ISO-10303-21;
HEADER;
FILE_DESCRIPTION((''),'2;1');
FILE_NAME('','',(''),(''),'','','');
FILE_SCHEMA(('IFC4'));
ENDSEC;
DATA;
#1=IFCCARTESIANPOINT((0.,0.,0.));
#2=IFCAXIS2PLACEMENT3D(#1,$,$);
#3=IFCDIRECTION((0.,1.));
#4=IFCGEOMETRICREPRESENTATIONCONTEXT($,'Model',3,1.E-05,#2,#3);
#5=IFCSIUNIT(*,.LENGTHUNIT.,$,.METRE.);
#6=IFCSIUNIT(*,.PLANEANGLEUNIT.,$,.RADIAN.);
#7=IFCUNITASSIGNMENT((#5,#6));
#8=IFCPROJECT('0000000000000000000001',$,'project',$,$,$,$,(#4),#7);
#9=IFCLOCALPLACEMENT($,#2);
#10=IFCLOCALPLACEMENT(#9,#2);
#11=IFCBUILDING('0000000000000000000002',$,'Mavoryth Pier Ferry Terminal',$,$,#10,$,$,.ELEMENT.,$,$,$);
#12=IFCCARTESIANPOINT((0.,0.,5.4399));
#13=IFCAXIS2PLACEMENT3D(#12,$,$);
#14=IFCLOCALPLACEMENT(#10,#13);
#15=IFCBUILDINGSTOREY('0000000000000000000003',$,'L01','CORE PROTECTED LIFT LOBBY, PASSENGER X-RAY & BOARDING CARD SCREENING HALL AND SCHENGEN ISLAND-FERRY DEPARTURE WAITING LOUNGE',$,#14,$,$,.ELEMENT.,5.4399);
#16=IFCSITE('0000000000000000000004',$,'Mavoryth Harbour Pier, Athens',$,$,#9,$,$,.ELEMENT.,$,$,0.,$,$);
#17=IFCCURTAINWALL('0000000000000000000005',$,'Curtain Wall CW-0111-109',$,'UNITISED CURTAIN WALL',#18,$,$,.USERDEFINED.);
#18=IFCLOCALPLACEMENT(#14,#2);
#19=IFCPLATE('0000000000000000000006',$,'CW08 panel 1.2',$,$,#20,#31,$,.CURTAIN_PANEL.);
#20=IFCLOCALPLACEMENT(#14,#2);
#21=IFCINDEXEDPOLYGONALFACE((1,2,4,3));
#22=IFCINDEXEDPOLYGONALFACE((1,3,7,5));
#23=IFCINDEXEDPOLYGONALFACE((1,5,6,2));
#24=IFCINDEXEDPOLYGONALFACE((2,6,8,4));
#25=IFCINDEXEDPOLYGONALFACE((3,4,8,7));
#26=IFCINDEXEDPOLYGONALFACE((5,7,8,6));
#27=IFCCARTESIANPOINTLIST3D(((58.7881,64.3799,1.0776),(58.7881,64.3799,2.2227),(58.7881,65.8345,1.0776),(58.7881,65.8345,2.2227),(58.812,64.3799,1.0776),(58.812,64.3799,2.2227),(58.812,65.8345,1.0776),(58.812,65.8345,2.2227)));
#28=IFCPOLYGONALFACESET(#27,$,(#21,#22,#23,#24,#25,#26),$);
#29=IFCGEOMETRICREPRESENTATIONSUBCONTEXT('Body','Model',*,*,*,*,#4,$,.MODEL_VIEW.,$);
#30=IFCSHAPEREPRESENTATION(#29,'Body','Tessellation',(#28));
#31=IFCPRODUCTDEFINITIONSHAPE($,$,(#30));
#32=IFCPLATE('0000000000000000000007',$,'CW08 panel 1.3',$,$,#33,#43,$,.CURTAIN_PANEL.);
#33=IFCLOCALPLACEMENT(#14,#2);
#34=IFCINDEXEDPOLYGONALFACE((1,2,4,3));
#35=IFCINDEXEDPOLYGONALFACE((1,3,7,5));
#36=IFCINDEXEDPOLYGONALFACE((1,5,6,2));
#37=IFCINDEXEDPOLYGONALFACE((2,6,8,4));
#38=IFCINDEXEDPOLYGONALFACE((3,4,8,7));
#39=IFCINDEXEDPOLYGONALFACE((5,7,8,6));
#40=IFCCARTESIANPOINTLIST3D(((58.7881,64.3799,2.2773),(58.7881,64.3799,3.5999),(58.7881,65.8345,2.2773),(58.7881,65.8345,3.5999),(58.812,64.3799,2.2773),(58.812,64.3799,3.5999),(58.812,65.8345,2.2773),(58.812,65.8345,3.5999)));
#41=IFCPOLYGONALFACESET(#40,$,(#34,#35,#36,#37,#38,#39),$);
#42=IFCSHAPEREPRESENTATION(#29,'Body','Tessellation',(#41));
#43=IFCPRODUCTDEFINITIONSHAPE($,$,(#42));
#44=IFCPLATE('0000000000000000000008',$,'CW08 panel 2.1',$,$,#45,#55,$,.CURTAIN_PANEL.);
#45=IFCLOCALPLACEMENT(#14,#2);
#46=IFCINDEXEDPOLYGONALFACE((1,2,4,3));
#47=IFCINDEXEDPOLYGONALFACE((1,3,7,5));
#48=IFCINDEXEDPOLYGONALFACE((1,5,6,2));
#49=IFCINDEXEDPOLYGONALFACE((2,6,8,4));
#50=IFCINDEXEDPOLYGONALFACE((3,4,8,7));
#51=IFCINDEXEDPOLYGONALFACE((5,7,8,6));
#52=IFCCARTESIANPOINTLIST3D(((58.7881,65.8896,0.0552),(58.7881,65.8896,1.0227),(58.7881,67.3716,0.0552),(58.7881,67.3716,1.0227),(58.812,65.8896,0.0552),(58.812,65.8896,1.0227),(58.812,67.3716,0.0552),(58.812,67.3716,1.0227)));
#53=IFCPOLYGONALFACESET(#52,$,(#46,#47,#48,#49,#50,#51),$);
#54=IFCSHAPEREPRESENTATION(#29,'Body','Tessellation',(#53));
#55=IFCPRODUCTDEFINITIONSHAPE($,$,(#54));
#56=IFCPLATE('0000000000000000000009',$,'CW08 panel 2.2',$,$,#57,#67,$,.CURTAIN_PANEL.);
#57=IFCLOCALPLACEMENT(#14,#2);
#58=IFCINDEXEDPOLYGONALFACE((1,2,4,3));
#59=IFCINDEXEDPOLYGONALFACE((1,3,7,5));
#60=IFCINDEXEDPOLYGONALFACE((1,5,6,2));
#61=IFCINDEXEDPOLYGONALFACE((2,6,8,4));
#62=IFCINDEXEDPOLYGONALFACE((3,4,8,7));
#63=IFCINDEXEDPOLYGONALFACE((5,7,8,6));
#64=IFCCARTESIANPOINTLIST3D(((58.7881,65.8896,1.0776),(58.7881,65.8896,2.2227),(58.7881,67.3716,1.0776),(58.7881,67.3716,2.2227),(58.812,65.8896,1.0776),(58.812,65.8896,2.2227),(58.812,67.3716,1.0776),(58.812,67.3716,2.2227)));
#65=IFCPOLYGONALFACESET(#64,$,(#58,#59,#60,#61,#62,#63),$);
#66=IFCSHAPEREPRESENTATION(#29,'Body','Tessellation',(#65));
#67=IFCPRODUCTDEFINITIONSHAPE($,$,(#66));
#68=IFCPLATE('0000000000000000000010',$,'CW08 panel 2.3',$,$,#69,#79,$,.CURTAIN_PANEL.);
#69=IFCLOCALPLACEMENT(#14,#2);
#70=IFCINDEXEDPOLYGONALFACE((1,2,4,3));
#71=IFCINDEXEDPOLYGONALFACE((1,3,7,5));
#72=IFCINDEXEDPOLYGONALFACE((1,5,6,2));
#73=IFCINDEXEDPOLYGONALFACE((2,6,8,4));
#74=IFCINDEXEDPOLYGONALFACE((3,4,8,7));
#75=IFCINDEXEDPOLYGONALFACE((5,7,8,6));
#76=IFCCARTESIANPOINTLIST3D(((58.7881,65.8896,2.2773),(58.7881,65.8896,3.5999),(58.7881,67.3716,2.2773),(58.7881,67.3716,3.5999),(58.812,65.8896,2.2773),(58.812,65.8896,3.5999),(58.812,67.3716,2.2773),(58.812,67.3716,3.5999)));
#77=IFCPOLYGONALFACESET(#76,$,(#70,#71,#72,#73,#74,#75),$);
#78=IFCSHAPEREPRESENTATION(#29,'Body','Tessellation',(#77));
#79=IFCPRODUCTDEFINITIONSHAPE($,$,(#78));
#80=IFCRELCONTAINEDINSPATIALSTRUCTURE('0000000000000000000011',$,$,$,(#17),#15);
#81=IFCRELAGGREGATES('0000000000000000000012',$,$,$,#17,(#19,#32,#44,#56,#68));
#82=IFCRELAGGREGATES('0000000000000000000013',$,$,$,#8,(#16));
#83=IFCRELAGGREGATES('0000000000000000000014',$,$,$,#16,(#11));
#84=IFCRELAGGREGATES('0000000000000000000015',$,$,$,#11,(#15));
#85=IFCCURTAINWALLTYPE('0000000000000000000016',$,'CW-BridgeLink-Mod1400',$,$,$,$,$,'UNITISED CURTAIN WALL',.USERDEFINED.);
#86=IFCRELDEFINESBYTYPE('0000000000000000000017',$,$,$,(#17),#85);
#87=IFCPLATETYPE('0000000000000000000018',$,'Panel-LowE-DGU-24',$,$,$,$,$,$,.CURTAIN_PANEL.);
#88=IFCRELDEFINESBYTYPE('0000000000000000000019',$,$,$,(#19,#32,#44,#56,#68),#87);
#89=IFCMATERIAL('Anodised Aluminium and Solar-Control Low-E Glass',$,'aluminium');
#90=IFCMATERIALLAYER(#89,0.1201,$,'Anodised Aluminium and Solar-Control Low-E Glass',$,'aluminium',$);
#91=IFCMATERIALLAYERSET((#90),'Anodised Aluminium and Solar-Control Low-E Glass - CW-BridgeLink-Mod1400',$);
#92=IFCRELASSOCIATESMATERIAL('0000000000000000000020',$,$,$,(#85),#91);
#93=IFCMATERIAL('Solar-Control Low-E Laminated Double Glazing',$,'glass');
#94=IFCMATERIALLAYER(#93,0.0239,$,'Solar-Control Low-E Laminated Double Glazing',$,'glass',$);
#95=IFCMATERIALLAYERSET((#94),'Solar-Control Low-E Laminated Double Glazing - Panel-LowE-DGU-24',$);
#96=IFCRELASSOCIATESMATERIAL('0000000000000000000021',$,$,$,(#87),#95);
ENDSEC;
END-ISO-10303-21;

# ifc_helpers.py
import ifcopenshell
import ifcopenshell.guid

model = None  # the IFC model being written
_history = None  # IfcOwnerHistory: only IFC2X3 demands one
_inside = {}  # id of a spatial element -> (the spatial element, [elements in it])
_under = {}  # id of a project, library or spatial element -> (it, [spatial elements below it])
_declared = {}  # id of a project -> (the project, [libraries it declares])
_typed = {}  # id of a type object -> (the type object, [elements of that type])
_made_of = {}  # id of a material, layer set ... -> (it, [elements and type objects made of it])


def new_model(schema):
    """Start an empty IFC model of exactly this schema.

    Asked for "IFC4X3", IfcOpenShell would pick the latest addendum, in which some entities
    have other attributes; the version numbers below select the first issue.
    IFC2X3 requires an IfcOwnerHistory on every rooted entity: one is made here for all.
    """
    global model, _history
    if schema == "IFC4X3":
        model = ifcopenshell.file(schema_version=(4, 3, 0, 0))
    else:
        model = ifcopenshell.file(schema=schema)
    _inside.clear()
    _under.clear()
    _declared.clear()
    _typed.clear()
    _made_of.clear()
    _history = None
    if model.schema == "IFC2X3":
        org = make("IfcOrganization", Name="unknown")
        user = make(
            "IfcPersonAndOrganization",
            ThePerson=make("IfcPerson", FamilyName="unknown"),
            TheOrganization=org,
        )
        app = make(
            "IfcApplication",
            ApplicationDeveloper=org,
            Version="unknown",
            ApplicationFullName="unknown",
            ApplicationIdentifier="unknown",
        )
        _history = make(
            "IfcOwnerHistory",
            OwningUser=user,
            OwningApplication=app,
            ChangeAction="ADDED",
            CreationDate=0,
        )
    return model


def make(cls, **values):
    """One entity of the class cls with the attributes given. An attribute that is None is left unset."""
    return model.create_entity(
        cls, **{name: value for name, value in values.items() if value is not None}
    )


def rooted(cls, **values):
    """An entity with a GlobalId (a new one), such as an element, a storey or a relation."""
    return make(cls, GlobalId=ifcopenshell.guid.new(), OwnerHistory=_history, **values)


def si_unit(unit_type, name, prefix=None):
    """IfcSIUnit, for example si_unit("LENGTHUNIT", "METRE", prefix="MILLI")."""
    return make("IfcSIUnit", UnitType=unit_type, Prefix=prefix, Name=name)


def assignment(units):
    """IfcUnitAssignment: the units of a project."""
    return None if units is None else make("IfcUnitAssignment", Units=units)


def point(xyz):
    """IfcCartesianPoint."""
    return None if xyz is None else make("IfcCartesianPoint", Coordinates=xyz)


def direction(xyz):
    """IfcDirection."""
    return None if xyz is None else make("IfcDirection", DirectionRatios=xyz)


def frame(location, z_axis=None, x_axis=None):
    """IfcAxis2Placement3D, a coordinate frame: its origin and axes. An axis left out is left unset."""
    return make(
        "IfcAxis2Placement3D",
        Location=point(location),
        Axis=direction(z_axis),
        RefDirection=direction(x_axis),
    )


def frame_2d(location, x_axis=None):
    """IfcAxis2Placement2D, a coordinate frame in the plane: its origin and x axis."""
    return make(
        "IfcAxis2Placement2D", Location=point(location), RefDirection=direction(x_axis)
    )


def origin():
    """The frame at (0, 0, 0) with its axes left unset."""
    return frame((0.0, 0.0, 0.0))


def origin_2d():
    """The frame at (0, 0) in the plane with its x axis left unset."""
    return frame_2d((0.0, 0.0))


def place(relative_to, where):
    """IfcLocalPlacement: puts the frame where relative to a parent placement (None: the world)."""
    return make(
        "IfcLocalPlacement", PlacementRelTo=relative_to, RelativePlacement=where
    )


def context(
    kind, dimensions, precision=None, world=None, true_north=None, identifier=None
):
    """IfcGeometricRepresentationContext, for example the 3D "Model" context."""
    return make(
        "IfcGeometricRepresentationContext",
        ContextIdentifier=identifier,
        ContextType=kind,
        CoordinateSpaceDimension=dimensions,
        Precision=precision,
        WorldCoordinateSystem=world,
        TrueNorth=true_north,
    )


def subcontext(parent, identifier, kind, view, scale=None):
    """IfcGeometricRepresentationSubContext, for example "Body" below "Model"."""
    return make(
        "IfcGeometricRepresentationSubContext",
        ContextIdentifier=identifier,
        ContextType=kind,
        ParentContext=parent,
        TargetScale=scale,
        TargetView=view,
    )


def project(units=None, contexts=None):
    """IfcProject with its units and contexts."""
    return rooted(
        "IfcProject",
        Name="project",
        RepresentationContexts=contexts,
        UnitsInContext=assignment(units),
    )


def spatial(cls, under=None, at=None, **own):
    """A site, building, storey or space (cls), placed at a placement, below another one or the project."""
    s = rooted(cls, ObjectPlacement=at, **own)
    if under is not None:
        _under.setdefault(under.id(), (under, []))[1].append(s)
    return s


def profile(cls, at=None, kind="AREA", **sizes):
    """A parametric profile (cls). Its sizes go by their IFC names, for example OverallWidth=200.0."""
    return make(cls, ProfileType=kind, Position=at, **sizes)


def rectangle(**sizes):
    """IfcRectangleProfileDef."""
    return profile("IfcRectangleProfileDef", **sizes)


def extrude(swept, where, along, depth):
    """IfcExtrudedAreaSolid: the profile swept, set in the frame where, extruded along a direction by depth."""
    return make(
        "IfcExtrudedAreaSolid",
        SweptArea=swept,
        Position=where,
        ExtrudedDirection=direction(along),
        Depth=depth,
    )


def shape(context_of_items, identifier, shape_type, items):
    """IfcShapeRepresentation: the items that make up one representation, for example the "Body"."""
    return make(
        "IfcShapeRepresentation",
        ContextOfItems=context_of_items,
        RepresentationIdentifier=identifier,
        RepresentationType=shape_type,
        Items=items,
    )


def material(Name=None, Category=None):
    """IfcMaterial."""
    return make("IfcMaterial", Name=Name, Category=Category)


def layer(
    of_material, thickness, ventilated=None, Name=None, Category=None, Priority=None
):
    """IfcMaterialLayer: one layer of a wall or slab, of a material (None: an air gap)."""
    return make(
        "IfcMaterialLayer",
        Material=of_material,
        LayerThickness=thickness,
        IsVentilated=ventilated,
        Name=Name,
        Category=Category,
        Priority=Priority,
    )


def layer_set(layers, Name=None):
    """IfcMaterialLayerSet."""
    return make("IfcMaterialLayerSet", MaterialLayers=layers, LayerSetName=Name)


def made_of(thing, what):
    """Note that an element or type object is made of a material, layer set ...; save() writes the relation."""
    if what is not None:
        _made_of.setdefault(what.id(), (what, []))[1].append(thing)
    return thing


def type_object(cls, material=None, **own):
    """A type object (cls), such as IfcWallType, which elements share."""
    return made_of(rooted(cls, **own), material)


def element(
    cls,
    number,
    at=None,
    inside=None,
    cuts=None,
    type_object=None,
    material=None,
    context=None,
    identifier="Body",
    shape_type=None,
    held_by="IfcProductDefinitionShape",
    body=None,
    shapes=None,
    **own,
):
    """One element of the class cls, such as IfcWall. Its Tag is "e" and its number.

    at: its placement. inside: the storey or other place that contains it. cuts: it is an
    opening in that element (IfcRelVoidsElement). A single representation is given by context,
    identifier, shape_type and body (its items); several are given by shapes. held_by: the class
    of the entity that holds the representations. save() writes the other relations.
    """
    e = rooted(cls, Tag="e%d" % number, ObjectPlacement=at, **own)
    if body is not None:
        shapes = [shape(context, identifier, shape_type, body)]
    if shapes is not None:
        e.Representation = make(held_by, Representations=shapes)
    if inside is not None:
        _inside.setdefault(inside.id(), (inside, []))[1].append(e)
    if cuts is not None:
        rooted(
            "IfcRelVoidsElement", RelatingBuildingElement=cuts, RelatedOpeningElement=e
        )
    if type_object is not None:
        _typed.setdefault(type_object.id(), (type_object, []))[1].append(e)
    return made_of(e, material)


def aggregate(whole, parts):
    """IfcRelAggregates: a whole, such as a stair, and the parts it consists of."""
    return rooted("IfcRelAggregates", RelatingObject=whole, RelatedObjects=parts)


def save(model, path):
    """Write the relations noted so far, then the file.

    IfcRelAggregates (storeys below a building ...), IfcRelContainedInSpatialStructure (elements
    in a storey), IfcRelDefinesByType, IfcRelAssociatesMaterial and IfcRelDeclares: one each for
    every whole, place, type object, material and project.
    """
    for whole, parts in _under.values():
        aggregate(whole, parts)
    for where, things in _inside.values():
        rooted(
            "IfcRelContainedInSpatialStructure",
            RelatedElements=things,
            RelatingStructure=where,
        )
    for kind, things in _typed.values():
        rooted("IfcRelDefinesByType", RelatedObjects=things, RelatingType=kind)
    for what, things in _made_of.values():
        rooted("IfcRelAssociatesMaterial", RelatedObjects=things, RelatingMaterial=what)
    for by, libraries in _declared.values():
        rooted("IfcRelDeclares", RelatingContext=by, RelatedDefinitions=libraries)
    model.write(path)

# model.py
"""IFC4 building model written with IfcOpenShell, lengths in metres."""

from ifc_helpers import new_model, si_unit, direction, frame, origin, origin_2d, place, context, subcontext, project, spatial, rectangle, extrude, material, layer, layer_set, type_object, element, aggregate, save


model = new_model("IFC4")

# Units and contexts
model_context = context("Model", 3, precision=1e-05, world=origin(), true_north=direction((0.0, 1.0)))
body_context = subcontext(model_context, "Body", "Model", "MODEL_VIEW")
ifc_project = project(units=[si_unit("LENGTHUNIT", "METRE"), si_unit("PLANEANGLEUNIT", "RADIAN")], contexts=[model_context])

# Site, building, storey
site_placement = place(None, origin())
site = spatial("IfcSite", under=ifc_project, at=site_placement, Name="Mavoryth Harbour Pier, Athens", CompositionType="ELEMENT", RefElevation=0.0)
building_placement = place(site_placement, origin())
building = spatial("IfcBuilding", under=site, at=building_placement, Name="Mavoryth Pier Ferry Terminal", CompositionType="ELEMENT")
storey_placement = place(building_placement, frame((0.0, 0.0, 5.4399)))
storey = spatial("IfcBuildingStorey", under=building, at=storey_placement, Name="L01", Description="CORE PROTECTED LIFT LOBBY, PASSENGER X-RAY & BOARDING CARD SCREENING HALL AND SCHENGEN ISLAND-FERRY DEPARTURE WAITING LOUNGE", CompositionType="ELEMENT", Elevation=5.4399)

# Curtain wall
ifc_material_1 = material(Name="Anodised Aluminium and Solar-Control Low-E Glass", Category="aluminium")
ifc_layer_1 = layer(ifc_material_1, 0.1201, Name="Anodised Aluminium and Solar-Control Low-E Glass", Category="aluminium")
ifc_layer_set_1 = layer_set([ifc_layer_1], Name="Anodised Aluminium and Solar-Control Low-E Glass - CW-BridgeLink-Mod1400")
curtain_wall_type = type_object("IfcCurtainWallType", Name="CW-BridgeLink-Mod1400", ElementType="UNITISED CURTAIN WALL", PredefinedType="USERDEFINED", material=ifc_layer_set_1)
curtain_wall_1_placement = place(storey_placement, origin())
curtain_wall_1 = element("IfcCurtainWall", 1, at=curtain_wall_1_placement, inside=storey, type_object=curtain_wall_type, Name="Curtain Wall CW-0111-109", ObjectType="UNITISED CURTAIN WALL", PredefinedType="USERDEFINED")

# Plates
ifc_material_2 = material(Name="Solar-Control Low-E Laminated Double Glazing", Category="glass")
ifc_layer_2 = layer(ifc_material_2, 0.0239, Name="Solar-Control Low-E Laminated Double Glazing", Category="glass")
ifc_layer_set_2 = layer_set([ifc_layer_2], Name="Solar-Control Low-E Laminated Double Glazing - Panel-LowE-DGU-24")
plate_type = type_object("IfcPlateType", Name="Panel-LowE-DGU-24", PredefinedType="CURTAIN_PANEL", material=ifc_layer_set_2)
plate_1_placement = place(storey_placement, frame((58.8, 65.1072, 1.0776), z_axis=(0.0, 0.0, 1.0), x_axis=(0.0, 1.0, 0.0)))
plate_1 = element("IfcPlate", 2, at=plate_1_placement, type_object=plate_type, Name="CW08 panel 1.2", PredefinedType="CURTAIN_PANEL", context=body_context, shape_type="SweptSolid", body=[
    extrude(rectangle(XDim=1.4546, YDim=0.0239, at=origin_2d()), origin(), (0.0, 0.0, 1.0), 1.145),
])
plate_2_placement = place(storey_placement, frame((58.8, 65.1072, 2.2773), z_axis=(0.0, 0.0, 1.0), x_axis=(0.0, 1.0, 0.0)))
plate_2 = element("IfcPlate", 3, at=plate_2_placement, type_object=plate_type, Name="CW08 panel 1.3", PredefinedType="CURTAIN_PANEL", context=body_context, shape_type="SweptSolid", body=[
    extrude(rectangle(XDim=1.4546, YDim=0.0239, at=origin_2d()), origin(), (0.0, 0.0, 1.0), 1.3225),
])
plate_3_placement = place(storey_placement, frame((58.8, 66.6306, 0.0552), z_axis=(0.0, 0.0, 1.0), x_axis=(0.0, 1.0, 0.0)))
plate_3 = element("IfcPlate", 4, at=plate_3_placement, type_object=plate_type, Name="CW08 panel 2.1", PredefinedType="CURTAIN_PANEL", context=body_context, shape_type="SweptSolid", body=[
    extrude(rectangle(XDim=1.4819, YDim=0.0239, at=origin_2d()), origin(), (0.0, 0.0, 1.0), 0.9675),
])
plate_4_placement = place(storey_placement, frame((58.8, 66.6306, 1.0776), z_axis=(0.0, 0.0, 1.0), x_axis=(0.0, 1.0, 0.0)))
plate_4 = element("IfcPlate", 5, at=plate_4_placement, type_object=plate_type, Name="CW08 panel 2.2", PredefinedType="CURTAIN_PANEL", context=body_context, shape_type="SweptSolid", body=[
    extrude(rectangle(XDim=1.4819, YDim=0.0239, at=origin_2d()), origin(), (0.0, 0.0, 1.0), 1.145),
])
plate_5_placement = place(storey_placement, frame((58.8, 66.6306, 2.2773), z_axis=(0.0, 0.0, 1.0), x_axis=(0.0, 1.0, 0.0)))
plate_5 = element("IfcPlate", 6, at=plate_5_placement, type_object=plate_type, Name="CW08 panel 2.3", PredefinedType="CURTAIN_PANEL", context=body_context, shape_type="SweptSolid", body=[
    extrude(rectangle(XDim=1.4819, YDim=0.0239, at=origin_2d()), origin(), (0.0, 0.0, 1.0), 1.3225),
])
aggregate(curtain_wall_1, [plate_1, plate_2, plate_3, plate_4, plate_5])

save(model, "model.ifc")
